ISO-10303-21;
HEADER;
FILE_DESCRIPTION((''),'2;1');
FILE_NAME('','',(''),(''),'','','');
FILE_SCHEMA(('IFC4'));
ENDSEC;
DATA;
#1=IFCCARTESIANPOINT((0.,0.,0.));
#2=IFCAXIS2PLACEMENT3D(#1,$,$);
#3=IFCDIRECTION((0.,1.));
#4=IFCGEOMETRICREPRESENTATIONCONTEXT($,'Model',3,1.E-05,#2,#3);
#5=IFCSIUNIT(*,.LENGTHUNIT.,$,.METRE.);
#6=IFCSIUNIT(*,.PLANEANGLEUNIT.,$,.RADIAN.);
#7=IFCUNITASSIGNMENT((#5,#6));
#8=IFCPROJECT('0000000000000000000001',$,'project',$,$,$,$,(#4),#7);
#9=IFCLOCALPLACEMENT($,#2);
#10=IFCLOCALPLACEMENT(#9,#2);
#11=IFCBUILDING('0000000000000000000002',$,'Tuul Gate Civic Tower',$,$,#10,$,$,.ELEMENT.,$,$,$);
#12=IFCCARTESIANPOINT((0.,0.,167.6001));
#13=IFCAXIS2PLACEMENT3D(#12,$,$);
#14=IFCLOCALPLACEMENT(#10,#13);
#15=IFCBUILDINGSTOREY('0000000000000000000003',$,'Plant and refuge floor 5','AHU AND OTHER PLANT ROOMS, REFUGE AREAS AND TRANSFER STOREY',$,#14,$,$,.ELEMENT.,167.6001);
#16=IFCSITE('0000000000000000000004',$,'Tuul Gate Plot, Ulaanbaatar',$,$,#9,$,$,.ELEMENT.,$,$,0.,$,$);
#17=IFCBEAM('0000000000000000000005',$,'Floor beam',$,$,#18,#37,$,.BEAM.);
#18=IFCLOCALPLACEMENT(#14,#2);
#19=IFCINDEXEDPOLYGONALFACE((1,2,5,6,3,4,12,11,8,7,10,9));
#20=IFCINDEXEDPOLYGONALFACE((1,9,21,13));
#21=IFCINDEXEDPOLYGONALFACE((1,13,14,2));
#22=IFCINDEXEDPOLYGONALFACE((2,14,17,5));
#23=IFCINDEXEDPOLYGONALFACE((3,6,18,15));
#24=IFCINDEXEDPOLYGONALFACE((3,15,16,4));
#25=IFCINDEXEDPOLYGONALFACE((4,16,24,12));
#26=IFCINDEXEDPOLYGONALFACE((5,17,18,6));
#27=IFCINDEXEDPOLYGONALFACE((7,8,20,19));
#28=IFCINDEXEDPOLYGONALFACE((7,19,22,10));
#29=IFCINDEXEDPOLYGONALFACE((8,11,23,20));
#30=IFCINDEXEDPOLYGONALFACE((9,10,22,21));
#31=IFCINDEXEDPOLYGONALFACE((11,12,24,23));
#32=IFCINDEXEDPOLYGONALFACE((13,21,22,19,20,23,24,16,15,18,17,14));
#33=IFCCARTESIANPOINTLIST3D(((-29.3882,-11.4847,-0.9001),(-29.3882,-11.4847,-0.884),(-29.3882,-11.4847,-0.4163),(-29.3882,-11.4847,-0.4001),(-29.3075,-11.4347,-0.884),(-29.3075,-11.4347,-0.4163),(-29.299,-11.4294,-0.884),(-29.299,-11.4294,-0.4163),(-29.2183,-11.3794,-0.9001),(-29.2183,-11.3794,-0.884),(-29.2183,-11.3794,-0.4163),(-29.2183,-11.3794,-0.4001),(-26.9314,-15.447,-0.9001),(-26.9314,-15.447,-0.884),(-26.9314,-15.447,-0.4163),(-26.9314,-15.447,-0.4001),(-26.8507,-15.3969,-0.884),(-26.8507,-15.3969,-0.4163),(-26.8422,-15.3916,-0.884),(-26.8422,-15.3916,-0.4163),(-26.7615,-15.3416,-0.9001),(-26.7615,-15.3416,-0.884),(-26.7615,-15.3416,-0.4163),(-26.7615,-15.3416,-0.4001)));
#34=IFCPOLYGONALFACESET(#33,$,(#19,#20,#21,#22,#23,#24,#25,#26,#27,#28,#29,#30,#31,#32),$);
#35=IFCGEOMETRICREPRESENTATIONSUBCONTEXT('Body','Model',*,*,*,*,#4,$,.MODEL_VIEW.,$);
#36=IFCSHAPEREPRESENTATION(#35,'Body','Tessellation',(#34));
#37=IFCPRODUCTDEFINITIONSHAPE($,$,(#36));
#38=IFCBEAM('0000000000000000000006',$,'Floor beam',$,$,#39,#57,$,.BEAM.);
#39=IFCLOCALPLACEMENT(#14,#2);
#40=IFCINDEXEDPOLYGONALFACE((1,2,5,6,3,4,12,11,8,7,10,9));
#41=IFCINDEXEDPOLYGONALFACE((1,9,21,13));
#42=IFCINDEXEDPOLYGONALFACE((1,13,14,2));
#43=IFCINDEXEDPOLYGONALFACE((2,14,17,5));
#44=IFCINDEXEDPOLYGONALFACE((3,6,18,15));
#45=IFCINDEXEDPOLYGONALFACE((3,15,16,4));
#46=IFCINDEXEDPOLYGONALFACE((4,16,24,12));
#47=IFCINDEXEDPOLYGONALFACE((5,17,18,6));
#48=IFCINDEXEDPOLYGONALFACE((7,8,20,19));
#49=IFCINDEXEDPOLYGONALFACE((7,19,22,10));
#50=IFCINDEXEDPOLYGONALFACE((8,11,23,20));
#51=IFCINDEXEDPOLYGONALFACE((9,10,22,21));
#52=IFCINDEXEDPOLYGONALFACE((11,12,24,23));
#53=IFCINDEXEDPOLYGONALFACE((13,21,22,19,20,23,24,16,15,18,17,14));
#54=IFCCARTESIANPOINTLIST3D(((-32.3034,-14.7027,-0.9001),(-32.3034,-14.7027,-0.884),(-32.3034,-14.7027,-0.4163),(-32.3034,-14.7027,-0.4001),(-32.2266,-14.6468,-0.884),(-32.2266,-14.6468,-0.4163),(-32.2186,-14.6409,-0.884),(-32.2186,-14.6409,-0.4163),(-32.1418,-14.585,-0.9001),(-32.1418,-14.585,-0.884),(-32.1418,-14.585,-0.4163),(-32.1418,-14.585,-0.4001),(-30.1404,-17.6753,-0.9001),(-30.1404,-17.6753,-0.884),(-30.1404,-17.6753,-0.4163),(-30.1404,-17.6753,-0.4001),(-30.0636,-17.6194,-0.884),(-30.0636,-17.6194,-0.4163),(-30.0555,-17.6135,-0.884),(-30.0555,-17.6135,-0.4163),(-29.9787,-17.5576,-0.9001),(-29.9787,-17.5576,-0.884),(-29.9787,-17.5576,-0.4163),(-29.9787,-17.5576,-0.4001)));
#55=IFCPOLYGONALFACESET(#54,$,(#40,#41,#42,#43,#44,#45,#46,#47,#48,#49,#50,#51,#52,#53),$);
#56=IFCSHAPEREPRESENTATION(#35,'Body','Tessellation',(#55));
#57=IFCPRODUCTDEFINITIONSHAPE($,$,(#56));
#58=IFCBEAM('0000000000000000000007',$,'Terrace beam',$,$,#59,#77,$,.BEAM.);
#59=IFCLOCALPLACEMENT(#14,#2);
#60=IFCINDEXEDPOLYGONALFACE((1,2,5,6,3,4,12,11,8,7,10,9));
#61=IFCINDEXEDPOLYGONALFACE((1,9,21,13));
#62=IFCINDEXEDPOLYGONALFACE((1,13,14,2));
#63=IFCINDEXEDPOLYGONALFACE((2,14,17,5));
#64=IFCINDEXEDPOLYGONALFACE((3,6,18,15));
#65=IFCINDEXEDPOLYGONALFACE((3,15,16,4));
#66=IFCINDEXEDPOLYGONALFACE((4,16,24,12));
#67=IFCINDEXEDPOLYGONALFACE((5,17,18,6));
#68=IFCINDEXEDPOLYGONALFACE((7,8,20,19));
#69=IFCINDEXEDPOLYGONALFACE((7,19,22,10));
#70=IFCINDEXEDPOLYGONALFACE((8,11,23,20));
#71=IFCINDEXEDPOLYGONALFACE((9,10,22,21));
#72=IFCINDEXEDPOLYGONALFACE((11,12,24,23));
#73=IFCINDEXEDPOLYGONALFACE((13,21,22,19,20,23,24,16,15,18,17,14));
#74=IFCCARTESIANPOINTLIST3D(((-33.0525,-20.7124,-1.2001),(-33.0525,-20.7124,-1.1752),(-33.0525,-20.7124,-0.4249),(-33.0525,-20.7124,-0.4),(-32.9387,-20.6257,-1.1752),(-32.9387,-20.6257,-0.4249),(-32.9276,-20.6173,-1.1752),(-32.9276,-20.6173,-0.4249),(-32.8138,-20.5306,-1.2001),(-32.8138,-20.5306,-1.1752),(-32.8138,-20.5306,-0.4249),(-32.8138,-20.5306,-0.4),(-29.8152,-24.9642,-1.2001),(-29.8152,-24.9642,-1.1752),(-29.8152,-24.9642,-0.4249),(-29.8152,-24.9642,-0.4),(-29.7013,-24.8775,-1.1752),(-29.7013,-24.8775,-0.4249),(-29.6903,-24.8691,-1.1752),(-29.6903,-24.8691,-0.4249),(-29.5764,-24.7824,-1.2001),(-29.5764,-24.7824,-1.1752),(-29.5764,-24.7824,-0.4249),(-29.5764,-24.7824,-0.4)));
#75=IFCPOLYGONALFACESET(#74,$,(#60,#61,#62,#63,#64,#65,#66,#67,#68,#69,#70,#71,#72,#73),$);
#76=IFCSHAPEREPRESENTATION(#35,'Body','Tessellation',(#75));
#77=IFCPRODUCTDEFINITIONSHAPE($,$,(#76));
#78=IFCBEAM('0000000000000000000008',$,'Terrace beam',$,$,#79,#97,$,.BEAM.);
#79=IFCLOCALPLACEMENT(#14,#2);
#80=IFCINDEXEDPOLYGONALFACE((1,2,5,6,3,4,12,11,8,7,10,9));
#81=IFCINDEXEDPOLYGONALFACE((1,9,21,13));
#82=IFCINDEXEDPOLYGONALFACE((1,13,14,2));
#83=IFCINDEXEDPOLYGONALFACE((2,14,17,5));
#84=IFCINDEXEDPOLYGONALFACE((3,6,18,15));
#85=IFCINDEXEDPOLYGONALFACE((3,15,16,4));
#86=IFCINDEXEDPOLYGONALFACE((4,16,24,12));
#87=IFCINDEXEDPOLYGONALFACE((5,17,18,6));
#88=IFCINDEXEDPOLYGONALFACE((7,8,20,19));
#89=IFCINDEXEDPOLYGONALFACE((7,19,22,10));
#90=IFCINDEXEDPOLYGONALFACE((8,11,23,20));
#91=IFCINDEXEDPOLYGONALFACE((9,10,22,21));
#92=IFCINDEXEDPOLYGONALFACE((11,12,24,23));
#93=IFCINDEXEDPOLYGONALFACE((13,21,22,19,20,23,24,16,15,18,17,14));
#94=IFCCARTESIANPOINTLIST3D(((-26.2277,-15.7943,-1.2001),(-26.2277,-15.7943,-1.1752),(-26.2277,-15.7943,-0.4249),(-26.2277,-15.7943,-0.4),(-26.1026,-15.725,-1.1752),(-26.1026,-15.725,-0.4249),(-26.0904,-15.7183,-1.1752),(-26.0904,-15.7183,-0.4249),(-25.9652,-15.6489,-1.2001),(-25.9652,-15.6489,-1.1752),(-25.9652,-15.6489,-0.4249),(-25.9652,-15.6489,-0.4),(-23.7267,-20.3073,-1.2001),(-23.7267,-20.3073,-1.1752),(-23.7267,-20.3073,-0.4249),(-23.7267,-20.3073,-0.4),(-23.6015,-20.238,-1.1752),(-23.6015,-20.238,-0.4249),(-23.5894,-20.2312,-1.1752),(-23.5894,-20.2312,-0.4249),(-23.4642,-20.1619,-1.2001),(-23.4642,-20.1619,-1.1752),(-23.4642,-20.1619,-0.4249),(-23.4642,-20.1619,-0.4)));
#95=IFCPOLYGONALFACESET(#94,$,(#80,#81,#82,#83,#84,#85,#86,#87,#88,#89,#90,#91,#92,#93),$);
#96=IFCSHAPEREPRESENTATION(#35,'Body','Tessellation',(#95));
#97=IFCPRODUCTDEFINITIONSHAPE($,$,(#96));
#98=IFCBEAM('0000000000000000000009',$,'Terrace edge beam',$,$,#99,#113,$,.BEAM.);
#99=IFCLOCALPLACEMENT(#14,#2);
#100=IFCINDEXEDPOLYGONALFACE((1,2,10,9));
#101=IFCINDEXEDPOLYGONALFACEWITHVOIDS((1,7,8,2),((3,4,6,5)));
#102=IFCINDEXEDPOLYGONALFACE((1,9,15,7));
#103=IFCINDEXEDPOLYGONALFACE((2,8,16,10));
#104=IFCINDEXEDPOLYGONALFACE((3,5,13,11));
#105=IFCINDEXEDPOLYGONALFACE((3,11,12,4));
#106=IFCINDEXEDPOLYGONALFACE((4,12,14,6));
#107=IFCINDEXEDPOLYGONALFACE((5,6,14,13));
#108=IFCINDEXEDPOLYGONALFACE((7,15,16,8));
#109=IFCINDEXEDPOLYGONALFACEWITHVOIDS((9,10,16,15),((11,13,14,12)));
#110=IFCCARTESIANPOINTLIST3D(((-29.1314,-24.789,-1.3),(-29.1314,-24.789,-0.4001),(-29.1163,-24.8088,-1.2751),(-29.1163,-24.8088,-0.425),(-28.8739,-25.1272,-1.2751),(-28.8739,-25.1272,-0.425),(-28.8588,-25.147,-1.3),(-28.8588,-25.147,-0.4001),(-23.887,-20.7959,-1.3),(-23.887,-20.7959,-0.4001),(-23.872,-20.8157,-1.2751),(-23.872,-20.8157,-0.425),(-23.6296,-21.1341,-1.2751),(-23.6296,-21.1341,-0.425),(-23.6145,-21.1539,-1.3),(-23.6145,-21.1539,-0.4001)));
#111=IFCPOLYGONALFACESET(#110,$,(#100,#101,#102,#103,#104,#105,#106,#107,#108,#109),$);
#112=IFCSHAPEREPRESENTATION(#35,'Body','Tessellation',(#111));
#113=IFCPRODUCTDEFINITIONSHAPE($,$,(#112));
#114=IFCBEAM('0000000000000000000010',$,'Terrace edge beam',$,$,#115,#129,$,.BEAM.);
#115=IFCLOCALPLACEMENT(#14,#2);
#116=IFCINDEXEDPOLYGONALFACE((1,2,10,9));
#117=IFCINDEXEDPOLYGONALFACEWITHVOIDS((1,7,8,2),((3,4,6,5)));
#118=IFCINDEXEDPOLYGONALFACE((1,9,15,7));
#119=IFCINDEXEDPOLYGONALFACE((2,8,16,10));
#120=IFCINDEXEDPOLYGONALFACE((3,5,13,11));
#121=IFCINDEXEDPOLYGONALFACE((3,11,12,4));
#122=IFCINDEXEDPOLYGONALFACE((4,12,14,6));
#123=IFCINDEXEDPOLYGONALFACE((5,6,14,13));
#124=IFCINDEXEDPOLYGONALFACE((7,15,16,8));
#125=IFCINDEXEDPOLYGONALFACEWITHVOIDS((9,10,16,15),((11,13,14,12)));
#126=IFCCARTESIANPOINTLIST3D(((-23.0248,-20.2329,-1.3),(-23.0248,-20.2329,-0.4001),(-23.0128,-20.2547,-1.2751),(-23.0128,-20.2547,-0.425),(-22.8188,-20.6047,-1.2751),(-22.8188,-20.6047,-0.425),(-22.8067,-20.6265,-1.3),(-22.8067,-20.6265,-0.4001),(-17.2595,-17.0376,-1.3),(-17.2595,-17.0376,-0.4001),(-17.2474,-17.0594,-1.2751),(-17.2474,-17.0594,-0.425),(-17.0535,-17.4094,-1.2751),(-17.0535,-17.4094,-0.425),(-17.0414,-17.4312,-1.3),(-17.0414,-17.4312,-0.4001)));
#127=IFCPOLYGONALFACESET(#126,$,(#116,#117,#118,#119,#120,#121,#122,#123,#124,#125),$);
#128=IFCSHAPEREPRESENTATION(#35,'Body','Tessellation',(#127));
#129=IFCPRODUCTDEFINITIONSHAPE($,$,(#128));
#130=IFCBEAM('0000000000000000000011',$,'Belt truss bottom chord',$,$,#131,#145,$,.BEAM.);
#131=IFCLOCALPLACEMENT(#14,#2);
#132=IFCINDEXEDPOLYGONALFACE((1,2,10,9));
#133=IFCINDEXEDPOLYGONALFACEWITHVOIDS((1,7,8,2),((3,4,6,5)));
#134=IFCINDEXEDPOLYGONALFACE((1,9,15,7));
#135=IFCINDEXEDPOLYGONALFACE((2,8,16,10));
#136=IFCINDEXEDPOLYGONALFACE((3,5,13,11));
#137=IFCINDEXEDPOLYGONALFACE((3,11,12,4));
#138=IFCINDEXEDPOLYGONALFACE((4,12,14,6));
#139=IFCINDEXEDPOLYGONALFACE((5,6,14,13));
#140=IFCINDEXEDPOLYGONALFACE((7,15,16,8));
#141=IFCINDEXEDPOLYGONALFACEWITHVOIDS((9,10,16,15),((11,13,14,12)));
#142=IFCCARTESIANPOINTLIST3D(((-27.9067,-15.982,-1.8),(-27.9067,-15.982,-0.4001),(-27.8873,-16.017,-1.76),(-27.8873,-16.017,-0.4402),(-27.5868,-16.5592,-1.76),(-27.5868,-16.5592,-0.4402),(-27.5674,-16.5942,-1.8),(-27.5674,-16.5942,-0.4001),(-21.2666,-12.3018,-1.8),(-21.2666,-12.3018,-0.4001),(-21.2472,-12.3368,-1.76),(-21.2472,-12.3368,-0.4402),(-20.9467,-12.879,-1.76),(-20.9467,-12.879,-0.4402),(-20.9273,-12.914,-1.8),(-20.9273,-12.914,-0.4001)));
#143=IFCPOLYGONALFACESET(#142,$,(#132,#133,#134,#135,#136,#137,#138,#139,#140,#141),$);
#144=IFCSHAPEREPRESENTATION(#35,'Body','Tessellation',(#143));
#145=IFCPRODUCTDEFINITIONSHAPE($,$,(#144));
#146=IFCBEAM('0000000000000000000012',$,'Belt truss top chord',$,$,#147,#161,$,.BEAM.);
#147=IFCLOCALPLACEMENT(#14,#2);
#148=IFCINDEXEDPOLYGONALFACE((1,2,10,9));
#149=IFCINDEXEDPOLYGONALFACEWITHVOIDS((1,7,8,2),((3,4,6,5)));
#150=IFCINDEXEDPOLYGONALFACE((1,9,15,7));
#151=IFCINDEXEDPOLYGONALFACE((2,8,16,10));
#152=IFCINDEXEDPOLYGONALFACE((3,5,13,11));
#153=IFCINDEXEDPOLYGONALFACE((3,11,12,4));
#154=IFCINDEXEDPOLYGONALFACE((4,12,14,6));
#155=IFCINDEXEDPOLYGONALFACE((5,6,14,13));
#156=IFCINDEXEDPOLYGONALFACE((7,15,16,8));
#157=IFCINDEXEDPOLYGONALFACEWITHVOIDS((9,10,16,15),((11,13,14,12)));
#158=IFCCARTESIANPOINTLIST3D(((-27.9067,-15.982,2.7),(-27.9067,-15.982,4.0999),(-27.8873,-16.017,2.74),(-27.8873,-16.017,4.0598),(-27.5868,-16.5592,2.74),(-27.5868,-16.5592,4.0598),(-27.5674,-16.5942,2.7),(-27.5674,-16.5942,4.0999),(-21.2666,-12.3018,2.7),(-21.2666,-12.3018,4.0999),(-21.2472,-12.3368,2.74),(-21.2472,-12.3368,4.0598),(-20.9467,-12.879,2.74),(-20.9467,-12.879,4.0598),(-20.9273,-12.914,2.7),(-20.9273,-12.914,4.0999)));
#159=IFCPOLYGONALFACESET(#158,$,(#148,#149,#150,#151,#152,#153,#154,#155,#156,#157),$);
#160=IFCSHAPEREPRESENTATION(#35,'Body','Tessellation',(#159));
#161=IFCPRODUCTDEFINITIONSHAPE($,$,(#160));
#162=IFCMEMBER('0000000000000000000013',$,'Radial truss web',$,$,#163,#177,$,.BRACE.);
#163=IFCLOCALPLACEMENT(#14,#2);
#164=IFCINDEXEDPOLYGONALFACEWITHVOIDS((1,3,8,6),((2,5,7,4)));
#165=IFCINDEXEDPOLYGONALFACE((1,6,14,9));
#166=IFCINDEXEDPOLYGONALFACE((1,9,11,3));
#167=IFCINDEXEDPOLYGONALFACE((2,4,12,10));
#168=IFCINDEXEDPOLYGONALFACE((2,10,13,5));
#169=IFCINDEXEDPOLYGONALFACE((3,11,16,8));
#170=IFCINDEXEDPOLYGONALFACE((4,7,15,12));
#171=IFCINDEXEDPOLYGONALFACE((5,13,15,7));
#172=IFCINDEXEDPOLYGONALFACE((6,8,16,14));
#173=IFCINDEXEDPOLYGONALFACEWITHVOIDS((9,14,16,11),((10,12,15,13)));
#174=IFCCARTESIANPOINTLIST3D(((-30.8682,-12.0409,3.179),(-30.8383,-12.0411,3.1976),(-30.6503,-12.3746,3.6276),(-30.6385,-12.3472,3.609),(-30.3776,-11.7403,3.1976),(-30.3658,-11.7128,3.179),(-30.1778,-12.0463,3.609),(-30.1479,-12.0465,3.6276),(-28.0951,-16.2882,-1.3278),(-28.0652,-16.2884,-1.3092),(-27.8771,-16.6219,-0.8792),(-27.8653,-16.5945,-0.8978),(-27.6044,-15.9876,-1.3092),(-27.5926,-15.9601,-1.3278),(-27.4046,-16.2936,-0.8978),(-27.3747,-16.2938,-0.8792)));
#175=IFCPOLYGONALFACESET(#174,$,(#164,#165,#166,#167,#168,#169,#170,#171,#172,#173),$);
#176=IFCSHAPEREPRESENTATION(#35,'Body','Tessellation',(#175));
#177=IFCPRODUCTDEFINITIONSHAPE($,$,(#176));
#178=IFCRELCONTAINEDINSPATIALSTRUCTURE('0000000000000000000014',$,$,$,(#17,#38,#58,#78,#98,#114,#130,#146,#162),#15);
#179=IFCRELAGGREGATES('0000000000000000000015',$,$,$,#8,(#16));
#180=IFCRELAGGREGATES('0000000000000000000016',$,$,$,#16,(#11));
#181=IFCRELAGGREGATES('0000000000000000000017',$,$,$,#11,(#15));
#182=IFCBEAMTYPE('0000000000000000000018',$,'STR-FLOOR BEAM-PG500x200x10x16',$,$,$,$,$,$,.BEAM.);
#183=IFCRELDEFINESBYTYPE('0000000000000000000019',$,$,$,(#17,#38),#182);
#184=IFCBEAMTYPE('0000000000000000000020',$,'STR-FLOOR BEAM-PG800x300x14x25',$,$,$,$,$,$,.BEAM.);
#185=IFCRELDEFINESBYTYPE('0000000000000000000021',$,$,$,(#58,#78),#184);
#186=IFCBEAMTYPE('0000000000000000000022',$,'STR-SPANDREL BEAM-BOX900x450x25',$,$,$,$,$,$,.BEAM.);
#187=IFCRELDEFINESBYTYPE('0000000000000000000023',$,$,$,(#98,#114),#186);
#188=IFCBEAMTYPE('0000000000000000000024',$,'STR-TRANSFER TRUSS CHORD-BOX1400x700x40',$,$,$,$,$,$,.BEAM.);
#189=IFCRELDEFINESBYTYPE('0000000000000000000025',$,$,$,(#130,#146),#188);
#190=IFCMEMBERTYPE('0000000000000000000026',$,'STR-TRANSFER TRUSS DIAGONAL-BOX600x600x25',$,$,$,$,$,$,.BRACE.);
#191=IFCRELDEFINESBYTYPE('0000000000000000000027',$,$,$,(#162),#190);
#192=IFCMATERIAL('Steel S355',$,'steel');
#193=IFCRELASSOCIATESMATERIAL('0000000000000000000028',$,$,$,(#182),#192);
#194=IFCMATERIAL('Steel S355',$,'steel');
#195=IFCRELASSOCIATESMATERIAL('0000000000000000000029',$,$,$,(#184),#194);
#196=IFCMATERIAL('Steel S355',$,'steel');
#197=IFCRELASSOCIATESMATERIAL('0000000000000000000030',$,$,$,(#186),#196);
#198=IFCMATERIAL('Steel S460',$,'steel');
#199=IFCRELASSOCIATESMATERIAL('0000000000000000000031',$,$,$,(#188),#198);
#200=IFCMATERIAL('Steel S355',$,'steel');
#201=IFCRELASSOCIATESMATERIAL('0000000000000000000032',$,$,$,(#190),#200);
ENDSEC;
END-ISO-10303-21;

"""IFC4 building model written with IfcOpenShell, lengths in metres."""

from ifc_helpers import new_model, si_unit, direction, frame, origin, origin_2d, place, context, subcontext, project, spatial, hollow_rectangle, i_section, extrude, material, material_profile, profile_set, type_object, element, save


model = new_model("IFC4")

# Units and contexts
model_context = context("Model", 3, precision=1e-05, world=origin(), true_north=direction((0.0, 1.0)))
body_context = subcontext(model_context, "Body", "Model", "MODEL_VIEW")
ifc_project = project(units=[si_unit("LENGTHUNIT", "METRE"), si_unit("PLANEANGLEUNIT", "RADIAN")], contexts=[model_context])

# Site, building, storey
site_placement = place(None, origin())
site = spatial("IfcSite", under=ifc_project, at=site_placement, Name="Tuul Gate Plot, Ulaanbaatar", CompositionType="ELEMENT", RefElevation=0.0)
building_placement = place(site_placement, origin())
building = spatial("IfcBuilding", under=site, at=building_placement, Name="Tuul Gate Civic Tower", CompositionType="ELEMENT")
storey_placement = place(building_placement, frame((0.0, 0.0, 167.6001)))
storey = spatial("IfcBuildingStorey", under=building, at=storey_placement, Name="Plant and refuge floor 5", Description="AHU AND OTHER PLANT ROOMS, REFUGE AREAS AND TRANSFER STOREY", CompositionType="ELEMENT", Elevation=167.6001)

# Beams
ifc_material_1 = material(Name="Steel S355", Category="steel")
ifc_material_profile_1 = material_profile(ifc_material_1, i_section(OverallWidth=0.2, OverallDepth=0.5, WebThickness=0.01, FlangeThickness=0.0161, at=origin_2d()), Name="PG500x200x10x16")
ifc_profile_set_1 = profile_set([ifc_material_profile_1], Name="Steel S355")
beam_type_1 = type_object("IfcBeamType", Name="STR-FLOOR BEAM-PG500x200x10x16", PredefinedType="BEAM", material=ifc_profile_set_1)
beam_1_placement = place(storey_placement, frame((-26.8464, -15.3943, -0.6501), z_axis=(-0.526978, 0.849879, 0.0), x_axis=(-0.849879, -0.526978, 0.0)))
element("IfcBeam", 1, at=beam_1_placement, inside=storey, type_object=beam_type_1, Name="Floor beam", PredefinedType="BEAM", context=body_context, shape_type="SweptSolid", body=[
    extrude(i_section(OverallWidth=0.2, OverallDepth=0.5, WebThickness=0.01, FlangeThickness=0.0161, at=origin_2d()), origin(), (0.0, 0.0, 1.0), 4.6621),
])
beam_2_placement = place(storey_placement, frame((-30.0596, -17.6165, -0.6501), z_axis=(-0.588377, 0.808587, 0.0), x_axis=(-0.808587, -0.588377, 0.0)))
element("IfcBeam", 2, at=beam_2_placement, inside=storey, type_object=beam_type_1, Name="Floor beam", PredefinedType="BEAM", context=body_context, shape_type="SweptSolid", body=[
    extrude(i_section(OverallWidth=0.2, OverallDepth=0.5, WebThickness=0.01, FlangeThickness=0.0161, at=origin_2d()), origin(), (0.0, 0.0, 1.0), 3.6763),
])
ifc_material_2 = material(Name="Steel S355", Category="steel")
ifc_material_profile_2 = material_profile(ifc_material_2, i_section(OverallWidth=0.3, OverallDepth=0.8, WebThickness=0.0139, FlangeThickness=0.0249, at=origin_2d()), Name="PG800x300x14x25")
ifc_profile_set_2 = profile_set([ifc_material_profile_2], Name="Steel S355")
beam_type_2 = type_object("IfcBeamType", Name="STR-FLOOR BEAM-PG800x300x14x25", PredefinedType="BEAM", material=ifc_profile_set_2)
beam_3_placement = place(storey_placement, frame((-29.6958, -24.8733, -0.8), z_axis=(-0.605795, 0.79562, 0.0), x_axis=(-0.79562, -0.605795, 0.0)))
element("IfcBeam", 3, at=beam_3_placement, inside=storey, type_object=beam_type_2, Name="Terrace beam", PredefinedType="BEAM", context=body_context, shape_type="SweptSolid", body=[
    extrude(i_section(OverallWidth=0.3, OverallDepth=0.8, WebThickness=0.0139, FlangeThickness=0.0249, at=origin_2d()), origin(), (0.0, 0.0, 1.0), 5.344),
])
beam_4_placement = place(storey_placement, frame((-23.5955, -20.2346, -0.8), z_axis=(-0.484723, 0.874668, 0.0), x_axis=(-0.874668, -0.484723, 0.0)))
element("IfcBeam", 4, at=beam_4_placement, inside=storey, type_object=beam_type_2, Name="Terrace beam", PredefinedType="BEAM", context=body_context, shape_type="SweptSolid", body=[
    extrude(i_section(OverallWidth=0.3, OverallDepth=0.8, WebThickness=0.0139, FlangeThickness=0.0249, at=origin_2d()), origin(), (0.0, 0.0, 1.0), 5.1597),
])
ifc_material_3 = material(Name="Steel S355", Category="steel")
ifc_material_profile_3 = material_profile(ifc_material_3, hollow_rectangle(XDim=0.45, YDim=0.8999, WallThickness=0.0249, at=origin_2d()), Name="BOX900x450x25")
ifc_profile_set_3 = profile_set([ifc_material_profile_3], Name="Steel S355")
beam_type_3 = type_object("IfcBeamType", Name="STR-SPANDREL BEAM-BOX900x450x25", PredefinedType="BEAM", material=ifc_profile_set_3)
for number, where, z_axis, x_axis, name in (
    (5, (-28.9951, -24.968, -0.8501), (0.795619, 0.605798, 0.0), (-0.605798, 0.795619, 0.0), "Terrace edge beam"),
    (6, (-22.9158, -20.4297, -0.8501), (0.874651, 0.484753, 0.0), (-0.484753, 0.874651, 0.0), "Terrace edge beam"),
):
    element("IfcBeam", number, at=place(storey_placement, frame(where, z_axis=z_axis, x_axis=x_axis)), inside=storey, type_object=beam_type_3, Name=name, PredefinedType="BEAM", context=body_context, shape_type="SweptSolid", body=[
        extrude(hollow_rectangle(XDim=0.45, YDim=0.8999, WallThickness=0.0249, at=origin_2d()), origin(), (0.0, 0.0, 1.0), 6.5916),
    ])
ifc_material_4 = material(Name="Steel S460", Category="steel")
ifc_material_profile_4 = material_profile(ifc_material_4, hollow_rectangle(XDim=0.7, YDim=1.3999, WallThickness=0.04, at=origin_2d()), Name="BOX1400x700x40")
ifc_profile_set_4 = profile_set([ifc_material_profile_4], Name="Steel S460")
beam_type_4 = type_object("IfcBeamType", Name="STR-TRANSFER TRUSS CHORD-BOX1400x700x40", PredefinedType="BEAM", material=ifc_profile_set_4)
for number, where, z_axis, x_axis, name in (
    (7, (-27.7371, -16.2881, -1.1001), (0.874648, 0.484758, 0.0), (-0.484758, 0.874648, 0.0), "Belt truss bottom chord"),
    (8, (-27.7371, -16.2881, 3.3999), (0.874648, 0.484758, 0.0), (-0.484758, 0.874648, 0.0), "Belt truss top chord"),
):
    element("IfcBeam", number, at=place(storey_placement, frame(where, z_axis=z_axis, x_axis=x_axis)), inside=storey, type_object=beam_type_4, Name=name, PredefinedType="BEAM", context=body_context, shape_type="SweptSolid", body=[
        extrude(hollow_rectangle(XDim=0.7, YDim=1.3999, WallThickness=0.04, at=origin_2d()), origin(), (0.0, 0.0, 1.0), 7.5918),
    ])

# Member
ifc_material_5 = material(Name="Steel S355", Category="steel")
ifc_material_profile_5 = material_profile(ifc_material_5, hollow_rectangle(XDim=0.6001, YDim=0.6001, WallThickness=0.0249, at=origin_2d()), Name="BOX600x600x25")
ifc_profile_set_5 = profile_set([ifc_material_profile_5], Name="Steel S355")
member_type_1 = type_object("IfcMemberType", Name="STR-TRANSFER TRUSS DIAGONAL-BOX600x600x25", PredefinedType="BRACE", material=ifc_profile_set_5)
member_1_placement = place(storey_placement, frame((-27.7349, -16.291, -1.1035), z_axis=(-0.408699, 0.625948, 0.664195), x_axis=(-0.837321, -0.546711, 0.0)))
element("IfcMember", 9, at=member_1_placement, inside=storey, type_object=member_type_1, Name="Radial truss web", PredefinedType="BRACE", context=body_context, shape_type="SweptSolid", body=[
    extrude(hollow_rectangle(XDim=0.6001, YDim=0.6001, WallThickness=0.0249, at=origin_2d()), origin(), (0.0, 0.0, 1.0), 6.7854),
])

save(model, "model.ifc")
